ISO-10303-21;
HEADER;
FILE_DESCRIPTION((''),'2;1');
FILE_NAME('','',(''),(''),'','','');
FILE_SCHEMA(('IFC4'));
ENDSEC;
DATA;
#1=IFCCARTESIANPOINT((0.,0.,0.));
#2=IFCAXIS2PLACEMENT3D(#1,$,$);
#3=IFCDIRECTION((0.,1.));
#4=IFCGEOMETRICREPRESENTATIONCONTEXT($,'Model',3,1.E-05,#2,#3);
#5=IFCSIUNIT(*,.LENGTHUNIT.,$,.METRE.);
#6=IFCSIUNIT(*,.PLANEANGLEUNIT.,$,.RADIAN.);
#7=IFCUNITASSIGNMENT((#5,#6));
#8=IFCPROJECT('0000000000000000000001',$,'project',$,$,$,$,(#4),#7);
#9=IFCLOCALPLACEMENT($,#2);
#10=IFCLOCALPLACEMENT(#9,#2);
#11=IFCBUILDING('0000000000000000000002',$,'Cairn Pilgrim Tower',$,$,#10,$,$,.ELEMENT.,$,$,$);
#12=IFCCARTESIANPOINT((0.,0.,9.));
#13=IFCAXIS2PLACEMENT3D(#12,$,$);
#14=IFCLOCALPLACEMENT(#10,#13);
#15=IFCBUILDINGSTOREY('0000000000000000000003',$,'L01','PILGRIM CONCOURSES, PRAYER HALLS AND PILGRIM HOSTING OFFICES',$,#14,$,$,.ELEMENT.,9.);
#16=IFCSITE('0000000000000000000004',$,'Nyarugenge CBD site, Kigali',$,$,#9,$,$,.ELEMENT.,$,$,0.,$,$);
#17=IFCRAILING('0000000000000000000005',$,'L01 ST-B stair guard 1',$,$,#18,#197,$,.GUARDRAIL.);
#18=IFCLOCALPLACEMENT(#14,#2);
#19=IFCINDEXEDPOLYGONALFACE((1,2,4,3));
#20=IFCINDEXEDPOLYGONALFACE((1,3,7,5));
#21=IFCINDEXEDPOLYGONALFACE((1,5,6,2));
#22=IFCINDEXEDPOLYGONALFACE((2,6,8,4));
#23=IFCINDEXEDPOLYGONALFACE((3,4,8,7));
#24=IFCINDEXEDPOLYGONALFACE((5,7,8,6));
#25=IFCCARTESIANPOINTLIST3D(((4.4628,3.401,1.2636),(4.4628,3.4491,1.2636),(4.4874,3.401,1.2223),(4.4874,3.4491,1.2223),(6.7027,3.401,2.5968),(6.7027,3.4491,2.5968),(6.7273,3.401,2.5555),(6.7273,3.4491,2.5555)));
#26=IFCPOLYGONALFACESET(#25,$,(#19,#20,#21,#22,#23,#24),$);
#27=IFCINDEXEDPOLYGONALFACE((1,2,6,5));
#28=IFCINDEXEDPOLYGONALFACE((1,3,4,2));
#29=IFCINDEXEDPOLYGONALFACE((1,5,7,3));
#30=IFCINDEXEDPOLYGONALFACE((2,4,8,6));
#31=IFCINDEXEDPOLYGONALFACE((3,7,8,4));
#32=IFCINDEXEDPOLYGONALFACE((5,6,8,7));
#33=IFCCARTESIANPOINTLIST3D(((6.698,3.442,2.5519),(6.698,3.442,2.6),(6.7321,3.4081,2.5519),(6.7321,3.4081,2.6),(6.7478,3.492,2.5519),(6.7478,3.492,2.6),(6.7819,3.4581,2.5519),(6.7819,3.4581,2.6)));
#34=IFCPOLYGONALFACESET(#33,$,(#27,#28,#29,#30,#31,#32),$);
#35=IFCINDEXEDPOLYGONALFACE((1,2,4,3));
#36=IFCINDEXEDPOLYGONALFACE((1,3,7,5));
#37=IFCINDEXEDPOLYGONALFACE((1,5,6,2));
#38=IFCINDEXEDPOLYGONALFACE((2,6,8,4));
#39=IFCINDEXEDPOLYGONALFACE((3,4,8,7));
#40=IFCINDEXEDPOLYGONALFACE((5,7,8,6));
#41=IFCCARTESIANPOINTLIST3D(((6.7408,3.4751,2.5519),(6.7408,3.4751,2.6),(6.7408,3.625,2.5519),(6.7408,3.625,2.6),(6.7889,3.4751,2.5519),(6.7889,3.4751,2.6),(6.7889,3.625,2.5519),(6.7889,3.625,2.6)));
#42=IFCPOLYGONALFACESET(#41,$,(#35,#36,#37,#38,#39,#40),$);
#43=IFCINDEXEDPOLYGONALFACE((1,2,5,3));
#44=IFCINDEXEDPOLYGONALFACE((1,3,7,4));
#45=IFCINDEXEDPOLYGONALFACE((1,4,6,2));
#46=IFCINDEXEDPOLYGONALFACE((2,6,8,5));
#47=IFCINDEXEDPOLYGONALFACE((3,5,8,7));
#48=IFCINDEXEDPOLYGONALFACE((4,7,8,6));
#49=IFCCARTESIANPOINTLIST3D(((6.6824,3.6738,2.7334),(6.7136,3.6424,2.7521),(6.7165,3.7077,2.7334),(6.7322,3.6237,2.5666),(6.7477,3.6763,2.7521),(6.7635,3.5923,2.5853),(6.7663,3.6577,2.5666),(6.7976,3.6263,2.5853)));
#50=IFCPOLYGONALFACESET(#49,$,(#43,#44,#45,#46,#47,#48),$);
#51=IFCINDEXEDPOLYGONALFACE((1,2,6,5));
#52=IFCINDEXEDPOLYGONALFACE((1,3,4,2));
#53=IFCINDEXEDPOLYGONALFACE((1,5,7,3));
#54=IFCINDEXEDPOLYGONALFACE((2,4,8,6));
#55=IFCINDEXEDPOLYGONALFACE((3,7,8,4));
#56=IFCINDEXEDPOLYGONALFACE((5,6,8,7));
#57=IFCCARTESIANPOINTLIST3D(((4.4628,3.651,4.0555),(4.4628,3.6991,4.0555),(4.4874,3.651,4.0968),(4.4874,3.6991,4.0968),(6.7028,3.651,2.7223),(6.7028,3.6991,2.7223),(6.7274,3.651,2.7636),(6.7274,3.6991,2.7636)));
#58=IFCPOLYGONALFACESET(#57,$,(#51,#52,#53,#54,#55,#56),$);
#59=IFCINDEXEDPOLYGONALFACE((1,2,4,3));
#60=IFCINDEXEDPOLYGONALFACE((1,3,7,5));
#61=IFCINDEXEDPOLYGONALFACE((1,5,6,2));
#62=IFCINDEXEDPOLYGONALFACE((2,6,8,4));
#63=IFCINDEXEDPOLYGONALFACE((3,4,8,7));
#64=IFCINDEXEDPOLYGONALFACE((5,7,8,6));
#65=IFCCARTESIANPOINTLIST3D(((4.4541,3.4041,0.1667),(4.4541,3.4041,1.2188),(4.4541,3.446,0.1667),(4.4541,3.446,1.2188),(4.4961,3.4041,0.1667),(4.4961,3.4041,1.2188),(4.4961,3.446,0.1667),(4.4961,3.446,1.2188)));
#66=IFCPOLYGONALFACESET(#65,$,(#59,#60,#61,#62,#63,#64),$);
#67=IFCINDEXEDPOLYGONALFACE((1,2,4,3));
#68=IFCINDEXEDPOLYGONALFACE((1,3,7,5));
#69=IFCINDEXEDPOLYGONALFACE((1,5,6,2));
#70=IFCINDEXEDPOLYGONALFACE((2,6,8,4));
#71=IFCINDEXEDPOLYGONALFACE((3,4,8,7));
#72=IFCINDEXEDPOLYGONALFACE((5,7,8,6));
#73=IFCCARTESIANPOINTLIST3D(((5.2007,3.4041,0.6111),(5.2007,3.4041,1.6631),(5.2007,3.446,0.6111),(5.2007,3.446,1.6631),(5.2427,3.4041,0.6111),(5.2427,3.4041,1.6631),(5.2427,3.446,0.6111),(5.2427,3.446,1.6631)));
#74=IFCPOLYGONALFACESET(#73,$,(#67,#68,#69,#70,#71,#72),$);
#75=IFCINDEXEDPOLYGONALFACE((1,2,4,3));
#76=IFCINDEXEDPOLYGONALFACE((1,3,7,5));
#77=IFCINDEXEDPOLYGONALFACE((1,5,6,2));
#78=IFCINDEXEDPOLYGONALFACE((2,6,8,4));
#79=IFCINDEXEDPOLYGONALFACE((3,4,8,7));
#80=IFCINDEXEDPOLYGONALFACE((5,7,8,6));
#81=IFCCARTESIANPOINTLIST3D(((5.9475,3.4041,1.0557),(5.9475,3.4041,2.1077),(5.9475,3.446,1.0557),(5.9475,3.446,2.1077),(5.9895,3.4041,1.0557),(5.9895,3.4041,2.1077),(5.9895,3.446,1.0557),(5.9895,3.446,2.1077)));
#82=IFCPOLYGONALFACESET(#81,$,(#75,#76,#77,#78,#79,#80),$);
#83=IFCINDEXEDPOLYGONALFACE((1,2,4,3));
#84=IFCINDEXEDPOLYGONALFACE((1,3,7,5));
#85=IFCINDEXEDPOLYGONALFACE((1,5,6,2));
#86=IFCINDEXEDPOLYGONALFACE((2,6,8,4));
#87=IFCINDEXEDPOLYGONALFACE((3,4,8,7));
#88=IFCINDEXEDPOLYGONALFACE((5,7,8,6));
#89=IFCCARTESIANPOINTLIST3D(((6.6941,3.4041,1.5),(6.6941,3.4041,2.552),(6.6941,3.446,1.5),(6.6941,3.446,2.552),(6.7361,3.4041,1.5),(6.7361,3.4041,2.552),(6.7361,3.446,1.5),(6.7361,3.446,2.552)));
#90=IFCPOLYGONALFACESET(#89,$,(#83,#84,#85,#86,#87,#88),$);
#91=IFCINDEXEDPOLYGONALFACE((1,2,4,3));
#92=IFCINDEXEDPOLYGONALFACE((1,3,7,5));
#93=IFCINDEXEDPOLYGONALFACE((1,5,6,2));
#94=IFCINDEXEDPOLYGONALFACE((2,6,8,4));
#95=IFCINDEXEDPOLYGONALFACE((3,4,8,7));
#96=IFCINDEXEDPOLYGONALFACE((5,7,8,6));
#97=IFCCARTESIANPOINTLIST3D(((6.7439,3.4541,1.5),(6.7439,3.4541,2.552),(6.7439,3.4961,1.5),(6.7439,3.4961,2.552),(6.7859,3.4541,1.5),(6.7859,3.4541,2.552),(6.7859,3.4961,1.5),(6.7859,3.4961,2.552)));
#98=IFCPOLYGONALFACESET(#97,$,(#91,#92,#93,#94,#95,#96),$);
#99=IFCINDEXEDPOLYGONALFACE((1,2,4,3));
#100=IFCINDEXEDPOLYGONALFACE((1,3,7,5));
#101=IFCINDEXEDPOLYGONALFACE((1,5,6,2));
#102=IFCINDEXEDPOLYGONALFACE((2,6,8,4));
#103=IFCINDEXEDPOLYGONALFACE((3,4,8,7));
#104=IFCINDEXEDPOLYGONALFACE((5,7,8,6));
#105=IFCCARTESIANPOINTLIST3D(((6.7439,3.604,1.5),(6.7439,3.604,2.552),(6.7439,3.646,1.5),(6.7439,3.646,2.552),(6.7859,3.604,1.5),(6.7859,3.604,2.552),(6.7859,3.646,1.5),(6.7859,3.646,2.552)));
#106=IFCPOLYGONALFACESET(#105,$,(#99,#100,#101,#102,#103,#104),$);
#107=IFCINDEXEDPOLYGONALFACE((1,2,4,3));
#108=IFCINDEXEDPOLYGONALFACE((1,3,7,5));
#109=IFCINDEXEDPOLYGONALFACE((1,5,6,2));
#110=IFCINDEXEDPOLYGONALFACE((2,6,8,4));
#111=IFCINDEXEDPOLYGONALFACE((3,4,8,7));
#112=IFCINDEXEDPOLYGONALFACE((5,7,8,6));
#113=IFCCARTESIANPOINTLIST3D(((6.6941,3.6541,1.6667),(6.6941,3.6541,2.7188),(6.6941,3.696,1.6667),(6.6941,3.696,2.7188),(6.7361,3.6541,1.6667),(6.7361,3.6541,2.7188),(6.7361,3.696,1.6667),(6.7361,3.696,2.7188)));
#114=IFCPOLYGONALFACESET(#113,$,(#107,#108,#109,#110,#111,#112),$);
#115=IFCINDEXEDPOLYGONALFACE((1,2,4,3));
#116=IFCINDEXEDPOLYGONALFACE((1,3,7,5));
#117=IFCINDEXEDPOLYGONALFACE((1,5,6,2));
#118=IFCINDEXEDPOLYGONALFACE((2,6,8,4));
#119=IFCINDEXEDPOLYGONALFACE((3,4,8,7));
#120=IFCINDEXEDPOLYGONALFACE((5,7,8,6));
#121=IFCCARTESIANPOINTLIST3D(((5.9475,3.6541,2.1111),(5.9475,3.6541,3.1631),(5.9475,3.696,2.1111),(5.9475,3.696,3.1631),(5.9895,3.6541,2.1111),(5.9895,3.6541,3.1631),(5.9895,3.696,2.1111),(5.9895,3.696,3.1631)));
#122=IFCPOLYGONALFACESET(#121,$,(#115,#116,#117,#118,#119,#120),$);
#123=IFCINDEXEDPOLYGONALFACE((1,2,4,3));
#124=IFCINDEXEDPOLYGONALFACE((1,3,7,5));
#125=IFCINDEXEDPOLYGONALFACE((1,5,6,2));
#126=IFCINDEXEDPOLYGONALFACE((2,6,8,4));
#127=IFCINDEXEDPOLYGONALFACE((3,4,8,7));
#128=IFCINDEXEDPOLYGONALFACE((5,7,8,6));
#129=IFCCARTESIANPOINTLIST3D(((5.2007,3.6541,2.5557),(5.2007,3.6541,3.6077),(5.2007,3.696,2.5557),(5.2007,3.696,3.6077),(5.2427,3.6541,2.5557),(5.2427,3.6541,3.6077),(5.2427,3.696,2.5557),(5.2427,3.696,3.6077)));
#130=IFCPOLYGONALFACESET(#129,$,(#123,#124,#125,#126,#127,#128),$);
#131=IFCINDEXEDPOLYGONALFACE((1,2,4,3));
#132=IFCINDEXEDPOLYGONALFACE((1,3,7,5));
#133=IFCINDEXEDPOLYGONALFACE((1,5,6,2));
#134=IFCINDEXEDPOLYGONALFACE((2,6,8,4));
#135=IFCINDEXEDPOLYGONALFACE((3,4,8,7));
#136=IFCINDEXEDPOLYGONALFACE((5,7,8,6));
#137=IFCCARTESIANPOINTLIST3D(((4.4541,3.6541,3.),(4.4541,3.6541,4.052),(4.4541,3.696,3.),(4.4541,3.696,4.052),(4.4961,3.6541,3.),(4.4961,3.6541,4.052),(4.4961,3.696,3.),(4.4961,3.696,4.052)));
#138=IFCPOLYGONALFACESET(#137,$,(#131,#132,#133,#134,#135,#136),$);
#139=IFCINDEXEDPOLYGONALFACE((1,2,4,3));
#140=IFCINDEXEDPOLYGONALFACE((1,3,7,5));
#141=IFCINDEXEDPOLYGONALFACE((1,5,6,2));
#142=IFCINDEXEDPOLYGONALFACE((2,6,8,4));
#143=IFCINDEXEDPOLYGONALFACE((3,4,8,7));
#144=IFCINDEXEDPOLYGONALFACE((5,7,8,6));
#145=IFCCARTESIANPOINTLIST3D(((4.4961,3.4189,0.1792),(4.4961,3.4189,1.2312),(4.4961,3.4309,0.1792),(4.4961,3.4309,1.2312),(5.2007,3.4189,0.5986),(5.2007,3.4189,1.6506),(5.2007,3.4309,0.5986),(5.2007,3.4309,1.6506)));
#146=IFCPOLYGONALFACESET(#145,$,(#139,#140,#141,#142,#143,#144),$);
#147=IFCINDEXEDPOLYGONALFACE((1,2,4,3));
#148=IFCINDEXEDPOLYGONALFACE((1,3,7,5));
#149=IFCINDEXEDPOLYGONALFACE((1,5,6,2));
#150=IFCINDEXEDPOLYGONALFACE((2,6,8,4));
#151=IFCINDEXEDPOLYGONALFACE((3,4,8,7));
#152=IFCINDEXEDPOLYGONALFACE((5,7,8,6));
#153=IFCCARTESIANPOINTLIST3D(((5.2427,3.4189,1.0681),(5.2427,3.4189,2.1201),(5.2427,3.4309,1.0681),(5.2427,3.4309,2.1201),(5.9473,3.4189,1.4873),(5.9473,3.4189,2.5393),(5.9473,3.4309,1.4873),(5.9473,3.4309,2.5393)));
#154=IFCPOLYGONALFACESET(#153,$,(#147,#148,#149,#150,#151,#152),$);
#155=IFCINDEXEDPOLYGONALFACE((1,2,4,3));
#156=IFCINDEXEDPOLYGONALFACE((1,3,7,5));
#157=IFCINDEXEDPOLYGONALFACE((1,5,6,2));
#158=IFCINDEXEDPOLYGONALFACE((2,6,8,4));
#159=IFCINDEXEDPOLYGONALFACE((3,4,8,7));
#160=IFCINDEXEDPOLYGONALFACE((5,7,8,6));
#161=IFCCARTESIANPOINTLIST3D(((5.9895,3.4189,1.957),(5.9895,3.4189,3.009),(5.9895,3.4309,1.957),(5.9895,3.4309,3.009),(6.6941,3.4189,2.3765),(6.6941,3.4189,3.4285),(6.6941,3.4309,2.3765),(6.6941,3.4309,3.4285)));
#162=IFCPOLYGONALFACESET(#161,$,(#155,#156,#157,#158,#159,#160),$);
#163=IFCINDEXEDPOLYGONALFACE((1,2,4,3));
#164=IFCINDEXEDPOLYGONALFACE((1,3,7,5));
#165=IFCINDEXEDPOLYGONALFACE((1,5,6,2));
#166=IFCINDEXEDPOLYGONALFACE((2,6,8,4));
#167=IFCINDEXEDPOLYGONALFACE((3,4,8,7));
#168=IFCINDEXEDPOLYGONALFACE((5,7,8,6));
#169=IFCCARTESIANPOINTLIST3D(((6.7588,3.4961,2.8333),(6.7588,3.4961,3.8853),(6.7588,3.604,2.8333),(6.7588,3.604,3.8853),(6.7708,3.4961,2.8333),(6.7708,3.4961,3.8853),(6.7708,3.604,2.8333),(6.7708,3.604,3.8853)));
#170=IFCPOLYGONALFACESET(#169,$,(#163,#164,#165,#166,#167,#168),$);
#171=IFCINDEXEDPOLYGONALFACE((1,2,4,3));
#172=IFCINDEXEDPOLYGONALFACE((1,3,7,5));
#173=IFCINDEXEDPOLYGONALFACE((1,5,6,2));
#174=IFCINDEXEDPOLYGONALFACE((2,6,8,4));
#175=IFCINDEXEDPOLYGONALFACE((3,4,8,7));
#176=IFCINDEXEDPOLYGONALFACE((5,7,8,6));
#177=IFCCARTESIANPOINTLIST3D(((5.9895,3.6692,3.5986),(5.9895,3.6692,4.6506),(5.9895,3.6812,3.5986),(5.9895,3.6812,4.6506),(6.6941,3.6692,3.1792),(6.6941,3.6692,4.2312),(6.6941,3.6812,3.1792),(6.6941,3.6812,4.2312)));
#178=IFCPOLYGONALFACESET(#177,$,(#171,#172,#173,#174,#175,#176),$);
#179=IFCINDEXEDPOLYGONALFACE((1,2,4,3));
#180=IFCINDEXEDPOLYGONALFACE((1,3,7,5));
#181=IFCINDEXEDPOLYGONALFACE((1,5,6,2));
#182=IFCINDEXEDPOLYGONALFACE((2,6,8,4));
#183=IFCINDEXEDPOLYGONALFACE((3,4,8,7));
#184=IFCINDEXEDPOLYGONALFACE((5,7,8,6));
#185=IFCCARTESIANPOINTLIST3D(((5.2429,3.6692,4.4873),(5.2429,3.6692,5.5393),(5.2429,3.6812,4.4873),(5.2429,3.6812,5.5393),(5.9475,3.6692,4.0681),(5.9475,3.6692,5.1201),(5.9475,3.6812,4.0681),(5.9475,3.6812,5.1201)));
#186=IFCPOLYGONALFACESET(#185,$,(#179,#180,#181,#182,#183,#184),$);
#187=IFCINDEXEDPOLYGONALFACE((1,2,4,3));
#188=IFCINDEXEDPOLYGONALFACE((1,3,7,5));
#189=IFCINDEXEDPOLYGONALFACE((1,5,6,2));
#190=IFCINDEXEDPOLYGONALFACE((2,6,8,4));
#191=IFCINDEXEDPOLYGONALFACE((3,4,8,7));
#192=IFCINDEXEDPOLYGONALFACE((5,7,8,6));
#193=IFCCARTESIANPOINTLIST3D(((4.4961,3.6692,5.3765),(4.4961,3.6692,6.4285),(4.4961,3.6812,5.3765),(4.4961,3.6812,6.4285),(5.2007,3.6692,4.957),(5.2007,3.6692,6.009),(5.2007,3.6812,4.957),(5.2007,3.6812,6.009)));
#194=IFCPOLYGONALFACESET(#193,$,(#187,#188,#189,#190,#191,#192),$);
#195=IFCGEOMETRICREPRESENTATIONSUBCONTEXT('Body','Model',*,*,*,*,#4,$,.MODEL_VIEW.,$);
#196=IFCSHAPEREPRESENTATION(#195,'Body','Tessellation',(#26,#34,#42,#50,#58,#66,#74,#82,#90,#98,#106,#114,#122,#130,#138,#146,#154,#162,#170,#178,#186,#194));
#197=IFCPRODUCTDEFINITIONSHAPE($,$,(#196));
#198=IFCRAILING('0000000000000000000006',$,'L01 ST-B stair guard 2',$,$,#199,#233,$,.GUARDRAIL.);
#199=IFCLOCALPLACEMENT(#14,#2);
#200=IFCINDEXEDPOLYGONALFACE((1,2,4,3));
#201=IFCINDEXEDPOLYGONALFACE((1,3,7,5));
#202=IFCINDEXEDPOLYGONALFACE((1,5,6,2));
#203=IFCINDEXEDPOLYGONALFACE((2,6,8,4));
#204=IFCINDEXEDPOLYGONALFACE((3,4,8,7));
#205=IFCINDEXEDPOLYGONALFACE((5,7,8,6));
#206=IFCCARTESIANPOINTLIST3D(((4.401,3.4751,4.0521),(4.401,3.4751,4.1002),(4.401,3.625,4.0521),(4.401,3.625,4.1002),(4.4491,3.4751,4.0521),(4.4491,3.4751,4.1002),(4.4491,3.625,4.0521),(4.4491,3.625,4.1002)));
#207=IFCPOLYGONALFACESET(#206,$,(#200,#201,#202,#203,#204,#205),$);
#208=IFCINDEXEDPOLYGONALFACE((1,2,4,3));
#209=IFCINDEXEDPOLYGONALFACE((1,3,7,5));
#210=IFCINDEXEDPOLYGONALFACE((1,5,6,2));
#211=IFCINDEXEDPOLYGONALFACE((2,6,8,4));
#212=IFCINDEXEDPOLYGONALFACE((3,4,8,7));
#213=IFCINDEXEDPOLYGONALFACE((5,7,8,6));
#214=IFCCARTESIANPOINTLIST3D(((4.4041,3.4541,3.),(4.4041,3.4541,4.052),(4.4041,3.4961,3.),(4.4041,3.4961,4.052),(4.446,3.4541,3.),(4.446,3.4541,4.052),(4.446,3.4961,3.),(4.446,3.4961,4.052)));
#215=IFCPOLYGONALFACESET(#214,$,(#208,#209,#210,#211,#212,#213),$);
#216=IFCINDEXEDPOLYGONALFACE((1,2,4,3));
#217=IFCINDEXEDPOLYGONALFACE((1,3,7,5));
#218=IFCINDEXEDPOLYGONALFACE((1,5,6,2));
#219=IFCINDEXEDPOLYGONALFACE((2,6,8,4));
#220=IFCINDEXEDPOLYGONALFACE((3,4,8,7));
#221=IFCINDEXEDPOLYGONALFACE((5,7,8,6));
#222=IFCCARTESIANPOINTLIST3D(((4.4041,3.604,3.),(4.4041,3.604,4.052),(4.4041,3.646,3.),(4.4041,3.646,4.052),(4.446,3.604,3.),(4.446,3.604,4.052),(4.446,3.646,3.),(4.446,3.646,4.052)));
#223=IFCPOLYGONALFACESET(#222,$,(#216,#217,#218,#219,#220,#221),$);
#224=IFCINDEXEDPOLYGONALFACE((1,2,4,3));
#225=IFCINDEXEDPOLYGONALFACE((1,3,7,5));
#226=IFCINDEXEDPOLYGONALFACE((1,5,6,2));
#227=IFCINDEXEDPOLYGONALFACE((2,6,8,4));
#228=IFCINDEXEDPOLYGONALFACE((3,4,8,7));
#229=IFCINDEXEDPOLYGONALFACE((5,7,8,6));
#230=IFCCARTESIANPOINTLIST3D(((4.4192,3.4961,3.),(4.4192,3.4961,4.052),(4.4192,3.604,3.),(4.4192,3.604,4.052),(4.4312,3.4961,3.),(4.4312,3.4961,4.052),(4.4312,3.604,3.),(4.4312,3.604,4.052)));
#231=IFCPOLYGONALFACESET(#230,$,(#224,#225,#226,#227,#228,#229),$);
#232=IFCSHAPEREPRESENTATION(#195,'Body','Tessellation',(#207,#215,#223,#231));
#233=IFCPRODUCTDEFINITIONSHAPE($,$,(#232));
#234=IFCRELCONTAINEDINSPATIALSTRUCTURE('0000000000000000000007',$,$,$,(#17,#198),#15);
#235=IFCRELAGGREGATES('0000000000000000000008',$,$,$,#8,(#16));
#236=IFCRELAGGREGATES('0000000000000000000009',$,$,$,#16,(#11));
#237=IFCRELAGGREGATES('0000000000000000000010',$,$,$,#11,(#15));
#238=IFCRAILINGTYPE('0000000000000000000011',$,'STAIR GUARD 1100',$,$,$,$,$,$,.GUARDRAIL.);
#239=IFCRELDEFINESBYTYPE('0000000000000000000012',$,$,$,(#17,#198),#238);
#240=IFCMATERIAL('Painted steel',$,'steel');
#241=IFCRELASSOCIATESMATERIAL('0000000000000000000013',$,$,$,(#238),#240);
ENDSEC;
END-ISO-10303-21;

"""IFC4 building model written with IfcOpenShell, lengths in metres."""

from ifc_helpers import new_model, si_unit, direction, frame, origin, origin_2d, place, context, subcontext, project, spatial, polyline, rectangle, outline, extrude, material, type_object, element, save


model = new_model("IFC4")

# Units and contexts
model_context = context("Model", 3, precision=1e-05, world=origin(), true_north=direction((0.0, 1.0)))
body_context = subcontext(model_context, "Body", "Model", "MODEL_VIEW")
ifc_project = project(units=[si_unit("LENGTHUNIT", "METRE"), si_unit("PLANEANGLEUNIT", "RADIAN")], contexts=[model_context])

# Site, building, storey
site_placement = place(None, origin())
site = spatial("IfcSite", under=ifc_project, at=site_placement, Name="Nyarugenge CBD site, Kigali", CompositionType="ELEMENT", RefElevation=0.0)
building_placement = place(site_placement, origin())
building = spatial("IfcBuilding", under=site, at=building_placement, Name="Cairn Pilgrim Tower", CompositionType="ELEMENT")
storey_placement = place(building_placement, frame((0.0, 0.0, 9.0)))
storey = spatial("IfcBuildingStorey", under=building, at=storey_placement, Name="L01", Description="PILGRIM CONCOURSES, PRAYER HALLS AND PILGRIM HOSTING OFFICES", CompositionType="ELEMENT", Elevation=9.0)

# Shared definitions
ifc_material_1 = material(Name="Painted steel", Category="steel")

# Railings
railing_type_1 = type_object("IfcRailingType", Name="STAIR GUARD 1100", PredefinedType="GUARDRAIL", material=ifc_material_1)
railing_1_placement = place(storey_placement, frame((4.4751, 3.425, 0.1667)))
element("IfcRailing", 1, at=railing_1_placement, inside=storey, type_object=railing_type_1, Name="L01 ST-B stair guard 1", PredefinedType="GUARDRAIL", context=body_context, shape_type="SweptSolid", body=[
    extrude(rectangle(XDim=0.0481, YDim=0.0481, at=origin_2d()), frame((0.0, 0.0, 1.0762), z_axis=(0.859306, 0.0, 0.511462), x_axis=(0.0, 1.0, 0.0)), (0.0, 0.0, 1.0), 2.6067),
    extrude(rectangle(XDim=0.0481, YDim=0.0481, at=origin_2d()), frame((2.24, 0.0, 2.4092), z_axis=(0.705376, 0.708834, 0.0), x_axis=(-0.708834, 0.705376, 0.0)), (0.0, 0.0, 1.0), 0.0706),
    extrude(rectangle(XDim=0.0481, YDim=0.0481, at=origin_2d()), frame((2.2898, 0.05, 2.4092), z_axis=(0.0, 1.0, 0.0), x_axis=(-1.0, 0.0, 0.0)), (0.0, 0.0, 1.0), 0.1499),
    extrude(rectangle(XDim=0.0481, YDim=0.0481, at=origin_2d()), frame((2.2898, 0.2, 2.4092), z_axis=(-0.275041, 0.276389, 0.920848), x_axis=(-0.708834, -0.705376, 0.0)), (0.0, 0.0, 1.0), 0.1812),
    extrude(rectangle(XDim=0.0481, YDim=0.0481, at=origin_2d()), frame((2.24, 0.25, 2.5762), z_axis=(-0.859306, 0.0, 0.511462), x_axis=(0.0, -1.0, 0.0)), (0.0, 0.0, 1.0), 2.6067),
    extrude(rectangle(XDim=0.042, YDim=0.042, at=origin_2d()), origin(), (0.0, 0.0, 1.0), 1.052),
    extrude(rectangle(XDim=0.042, YDim=0.042, at=origin_2d()), frame((0.7466, 0.0, 0.4443)), (0.0, 0.0, 1.0), 1.052),
    extrude(rectangle(XDim=0.042, YDim=0.042, at=origin_2d()), frame((1.4934, 0.0, 0.8889)), (0.0, 0.0, 1.0), 1.052),
    extrude(rectangle(XDim=0.042, YDim=0.042, at=origin_2d()), frame((2.24, 0.0, 1.3333)), (0.0, 0.0, 1.0), 1.052),
    extrude(rectangle(XDim=0.042, YDim=0.042, at=origin_2d()), frame((2.2898, 0.05, 1.3333)), (0.0, 0.0, 1.0), 1.052),
    extrude(rectangle(XDim=0.042, YDim=0.042, at=origin_2d()), frame((2.2898, 0.2, 1.3333)), (0.0, 0.0, 1.0), 1.052),
    extrude(rectangle(XDim=0.042, YDim=0.042, at=origin_2d()), frame((2.24, 0.25, 1.5)), (0.0, 0.0, 1.0), 1.052),
    extrude(rectangle(XDim=0.042, YDim=0.042, at=origin_2d()), frame((1.4934, 0.25, 1.9443)), (0.0, 0.0, 1.0), 1.052),
    extrude(rectangle(XDim=0.042, YDim=0.042, at=origin_2d()), frame((0.7466, 0.25, 2.3889)), (0.0, 0.0, 1.0), 1.052),
    extrude(rectangle(XDim=0.042, YDim=0.042, at=origin_2d()), frame((0.0, 0.25, 2.8333)), (0.0, 0.0, 1.0), 1.052),
    extrude(outline(polyline([(0.021, 0.0125), (0.7256, 0.4319), (0.7256, 1.4839), (0.021, 1.0645), (0.021, 0.0125)])), frame((0.0, 0.0059, 0.0), z_axis=(0.0, -1.0, 0.0), x_axis=(1.0, 0.0, 0.0)), (0.0, 0.0, 1.0), 0.012),
    extrude(outline(polyline([(0.021, 0.457), (0.7256, 0.8762), (0.7256, 1.9282), (0.021, 1.509), (0.021, 0.457)])), frame((0.7466, 0.0059, 0.4443), z_axis=(0.0, -1.0, 0.0), x_axis=(1.0, 0.0, 0.0)), (0.0, 0.0, 1.0), 0.012),
    extrude(outline(polyline([(0.021, 0.9014), (0.7256, 1.3208), (0.7256, 2.3728), (0.021, 1.9534), (0.021, 0.9014)])), frame((1.4934, 0.0059, 0.8889), z_axis=(0.0, -1.0, 0.0), x_axis=(1.0, 0.0, 0.0)), (0.0, 0.0, 1.0), 0.012),
    extrude(outline(polyline([(0.021, 1.3333), (0.1289, 1.3333), (0.1289, 2.3853), (0.021, 2.3853), (0.021, 1.3333)])), frame((2.2837, 0.05, 1.3333), z_axis=(1.0, 0.0, 0.0), x_axis=(0.0, 1.0, 0.0)), (0.0, 0.0, 1.0), 0.012),
    extrude(outline(polyline([(0.021, 1.5125), (0.7256, 1.9319), (0.7256, 2.9839), (0.021, 2.5645), (0.021, 1.5125)])), frame((2.24, 0.2441, 1.5), z_axis=(0.0, 1.0, 0.0), x_axis=(-1.0, 0.0, 0.0)), (0.0, 0.0, 1.0), 0.012),
    extrude(outline(polyline([(0.021, 1.957), (0.7256, 2.3762), (0.7256, 3.4282), (0.021, 3.009), (0.021, 1.957)])), frame((1.4934, 0.2441, 1.9443), z_axis=(0.0, 1.0, 0.0), x_axis=(-1.0, 0.0, 0.0)), (0.0, 0.0, 1.0), 0.012),
    extrude(outline(polyline([(0.021, 2.4014), (0.7256, 2.8208), (0.7256, 3.8728), (0.021, 3.4534), (0.021, 2.4014)])), frame((0.7466, 0.2441, 2.3889), z_axis=(0.0, 1.0, 0.0), x_axis=(-1.0, 0.0, 0.0)), (0.0, 0.0, 1.0), 0.012),
])
railing_2_placement = place(storey_placement, frame((4.425, 3.4751, 3.0)))
element("IfcRailing", 2, at=railing_2_placement, inside=storey, type_object=railing_type_1, Name="L01 ST-B stair guard 2", PredefinedType="GUARDRAIL", context=body_context, shape_type="SweptSolid", body=[
    extrude(rectangle(XDim=0.0481, YDim=0.0481, at=origin_2d()), frame((0.0, 0.0, 1.0762), z_axis=(0.0, 1.0, 0.0), x_axis=(-1.0, 0.0, 0.0)), (0.0, 0.0, 1.0), 0.1499),
    extrude(rectangle(XDim=0.042, YDim=0.042, at=origin_2d()), origin(), (0.0, 0.0, 1.0), 1.052),
    extrude(rectangle(XDim=0.042, YDim=0.042, at=origin_2d()), frame((0.0, 0.1499, 0.0)), (0.0, 0.0, 1.0), 1.052),
    extrude(outline(polyline([(0.021, 0.0), (0.1289, 0.0), (0.1289, 1.052), (0.021, 1.052), (0.021, 0.0)])), frame((-0.0059, 0.0, 0.0), z_axis=(1.0, 0.0, 0.0), x_axis=(0.0, 1.0, 0.0)), (0.0, 0.0, 1.0), 0.012),
])

save(model, "model.ifc")
